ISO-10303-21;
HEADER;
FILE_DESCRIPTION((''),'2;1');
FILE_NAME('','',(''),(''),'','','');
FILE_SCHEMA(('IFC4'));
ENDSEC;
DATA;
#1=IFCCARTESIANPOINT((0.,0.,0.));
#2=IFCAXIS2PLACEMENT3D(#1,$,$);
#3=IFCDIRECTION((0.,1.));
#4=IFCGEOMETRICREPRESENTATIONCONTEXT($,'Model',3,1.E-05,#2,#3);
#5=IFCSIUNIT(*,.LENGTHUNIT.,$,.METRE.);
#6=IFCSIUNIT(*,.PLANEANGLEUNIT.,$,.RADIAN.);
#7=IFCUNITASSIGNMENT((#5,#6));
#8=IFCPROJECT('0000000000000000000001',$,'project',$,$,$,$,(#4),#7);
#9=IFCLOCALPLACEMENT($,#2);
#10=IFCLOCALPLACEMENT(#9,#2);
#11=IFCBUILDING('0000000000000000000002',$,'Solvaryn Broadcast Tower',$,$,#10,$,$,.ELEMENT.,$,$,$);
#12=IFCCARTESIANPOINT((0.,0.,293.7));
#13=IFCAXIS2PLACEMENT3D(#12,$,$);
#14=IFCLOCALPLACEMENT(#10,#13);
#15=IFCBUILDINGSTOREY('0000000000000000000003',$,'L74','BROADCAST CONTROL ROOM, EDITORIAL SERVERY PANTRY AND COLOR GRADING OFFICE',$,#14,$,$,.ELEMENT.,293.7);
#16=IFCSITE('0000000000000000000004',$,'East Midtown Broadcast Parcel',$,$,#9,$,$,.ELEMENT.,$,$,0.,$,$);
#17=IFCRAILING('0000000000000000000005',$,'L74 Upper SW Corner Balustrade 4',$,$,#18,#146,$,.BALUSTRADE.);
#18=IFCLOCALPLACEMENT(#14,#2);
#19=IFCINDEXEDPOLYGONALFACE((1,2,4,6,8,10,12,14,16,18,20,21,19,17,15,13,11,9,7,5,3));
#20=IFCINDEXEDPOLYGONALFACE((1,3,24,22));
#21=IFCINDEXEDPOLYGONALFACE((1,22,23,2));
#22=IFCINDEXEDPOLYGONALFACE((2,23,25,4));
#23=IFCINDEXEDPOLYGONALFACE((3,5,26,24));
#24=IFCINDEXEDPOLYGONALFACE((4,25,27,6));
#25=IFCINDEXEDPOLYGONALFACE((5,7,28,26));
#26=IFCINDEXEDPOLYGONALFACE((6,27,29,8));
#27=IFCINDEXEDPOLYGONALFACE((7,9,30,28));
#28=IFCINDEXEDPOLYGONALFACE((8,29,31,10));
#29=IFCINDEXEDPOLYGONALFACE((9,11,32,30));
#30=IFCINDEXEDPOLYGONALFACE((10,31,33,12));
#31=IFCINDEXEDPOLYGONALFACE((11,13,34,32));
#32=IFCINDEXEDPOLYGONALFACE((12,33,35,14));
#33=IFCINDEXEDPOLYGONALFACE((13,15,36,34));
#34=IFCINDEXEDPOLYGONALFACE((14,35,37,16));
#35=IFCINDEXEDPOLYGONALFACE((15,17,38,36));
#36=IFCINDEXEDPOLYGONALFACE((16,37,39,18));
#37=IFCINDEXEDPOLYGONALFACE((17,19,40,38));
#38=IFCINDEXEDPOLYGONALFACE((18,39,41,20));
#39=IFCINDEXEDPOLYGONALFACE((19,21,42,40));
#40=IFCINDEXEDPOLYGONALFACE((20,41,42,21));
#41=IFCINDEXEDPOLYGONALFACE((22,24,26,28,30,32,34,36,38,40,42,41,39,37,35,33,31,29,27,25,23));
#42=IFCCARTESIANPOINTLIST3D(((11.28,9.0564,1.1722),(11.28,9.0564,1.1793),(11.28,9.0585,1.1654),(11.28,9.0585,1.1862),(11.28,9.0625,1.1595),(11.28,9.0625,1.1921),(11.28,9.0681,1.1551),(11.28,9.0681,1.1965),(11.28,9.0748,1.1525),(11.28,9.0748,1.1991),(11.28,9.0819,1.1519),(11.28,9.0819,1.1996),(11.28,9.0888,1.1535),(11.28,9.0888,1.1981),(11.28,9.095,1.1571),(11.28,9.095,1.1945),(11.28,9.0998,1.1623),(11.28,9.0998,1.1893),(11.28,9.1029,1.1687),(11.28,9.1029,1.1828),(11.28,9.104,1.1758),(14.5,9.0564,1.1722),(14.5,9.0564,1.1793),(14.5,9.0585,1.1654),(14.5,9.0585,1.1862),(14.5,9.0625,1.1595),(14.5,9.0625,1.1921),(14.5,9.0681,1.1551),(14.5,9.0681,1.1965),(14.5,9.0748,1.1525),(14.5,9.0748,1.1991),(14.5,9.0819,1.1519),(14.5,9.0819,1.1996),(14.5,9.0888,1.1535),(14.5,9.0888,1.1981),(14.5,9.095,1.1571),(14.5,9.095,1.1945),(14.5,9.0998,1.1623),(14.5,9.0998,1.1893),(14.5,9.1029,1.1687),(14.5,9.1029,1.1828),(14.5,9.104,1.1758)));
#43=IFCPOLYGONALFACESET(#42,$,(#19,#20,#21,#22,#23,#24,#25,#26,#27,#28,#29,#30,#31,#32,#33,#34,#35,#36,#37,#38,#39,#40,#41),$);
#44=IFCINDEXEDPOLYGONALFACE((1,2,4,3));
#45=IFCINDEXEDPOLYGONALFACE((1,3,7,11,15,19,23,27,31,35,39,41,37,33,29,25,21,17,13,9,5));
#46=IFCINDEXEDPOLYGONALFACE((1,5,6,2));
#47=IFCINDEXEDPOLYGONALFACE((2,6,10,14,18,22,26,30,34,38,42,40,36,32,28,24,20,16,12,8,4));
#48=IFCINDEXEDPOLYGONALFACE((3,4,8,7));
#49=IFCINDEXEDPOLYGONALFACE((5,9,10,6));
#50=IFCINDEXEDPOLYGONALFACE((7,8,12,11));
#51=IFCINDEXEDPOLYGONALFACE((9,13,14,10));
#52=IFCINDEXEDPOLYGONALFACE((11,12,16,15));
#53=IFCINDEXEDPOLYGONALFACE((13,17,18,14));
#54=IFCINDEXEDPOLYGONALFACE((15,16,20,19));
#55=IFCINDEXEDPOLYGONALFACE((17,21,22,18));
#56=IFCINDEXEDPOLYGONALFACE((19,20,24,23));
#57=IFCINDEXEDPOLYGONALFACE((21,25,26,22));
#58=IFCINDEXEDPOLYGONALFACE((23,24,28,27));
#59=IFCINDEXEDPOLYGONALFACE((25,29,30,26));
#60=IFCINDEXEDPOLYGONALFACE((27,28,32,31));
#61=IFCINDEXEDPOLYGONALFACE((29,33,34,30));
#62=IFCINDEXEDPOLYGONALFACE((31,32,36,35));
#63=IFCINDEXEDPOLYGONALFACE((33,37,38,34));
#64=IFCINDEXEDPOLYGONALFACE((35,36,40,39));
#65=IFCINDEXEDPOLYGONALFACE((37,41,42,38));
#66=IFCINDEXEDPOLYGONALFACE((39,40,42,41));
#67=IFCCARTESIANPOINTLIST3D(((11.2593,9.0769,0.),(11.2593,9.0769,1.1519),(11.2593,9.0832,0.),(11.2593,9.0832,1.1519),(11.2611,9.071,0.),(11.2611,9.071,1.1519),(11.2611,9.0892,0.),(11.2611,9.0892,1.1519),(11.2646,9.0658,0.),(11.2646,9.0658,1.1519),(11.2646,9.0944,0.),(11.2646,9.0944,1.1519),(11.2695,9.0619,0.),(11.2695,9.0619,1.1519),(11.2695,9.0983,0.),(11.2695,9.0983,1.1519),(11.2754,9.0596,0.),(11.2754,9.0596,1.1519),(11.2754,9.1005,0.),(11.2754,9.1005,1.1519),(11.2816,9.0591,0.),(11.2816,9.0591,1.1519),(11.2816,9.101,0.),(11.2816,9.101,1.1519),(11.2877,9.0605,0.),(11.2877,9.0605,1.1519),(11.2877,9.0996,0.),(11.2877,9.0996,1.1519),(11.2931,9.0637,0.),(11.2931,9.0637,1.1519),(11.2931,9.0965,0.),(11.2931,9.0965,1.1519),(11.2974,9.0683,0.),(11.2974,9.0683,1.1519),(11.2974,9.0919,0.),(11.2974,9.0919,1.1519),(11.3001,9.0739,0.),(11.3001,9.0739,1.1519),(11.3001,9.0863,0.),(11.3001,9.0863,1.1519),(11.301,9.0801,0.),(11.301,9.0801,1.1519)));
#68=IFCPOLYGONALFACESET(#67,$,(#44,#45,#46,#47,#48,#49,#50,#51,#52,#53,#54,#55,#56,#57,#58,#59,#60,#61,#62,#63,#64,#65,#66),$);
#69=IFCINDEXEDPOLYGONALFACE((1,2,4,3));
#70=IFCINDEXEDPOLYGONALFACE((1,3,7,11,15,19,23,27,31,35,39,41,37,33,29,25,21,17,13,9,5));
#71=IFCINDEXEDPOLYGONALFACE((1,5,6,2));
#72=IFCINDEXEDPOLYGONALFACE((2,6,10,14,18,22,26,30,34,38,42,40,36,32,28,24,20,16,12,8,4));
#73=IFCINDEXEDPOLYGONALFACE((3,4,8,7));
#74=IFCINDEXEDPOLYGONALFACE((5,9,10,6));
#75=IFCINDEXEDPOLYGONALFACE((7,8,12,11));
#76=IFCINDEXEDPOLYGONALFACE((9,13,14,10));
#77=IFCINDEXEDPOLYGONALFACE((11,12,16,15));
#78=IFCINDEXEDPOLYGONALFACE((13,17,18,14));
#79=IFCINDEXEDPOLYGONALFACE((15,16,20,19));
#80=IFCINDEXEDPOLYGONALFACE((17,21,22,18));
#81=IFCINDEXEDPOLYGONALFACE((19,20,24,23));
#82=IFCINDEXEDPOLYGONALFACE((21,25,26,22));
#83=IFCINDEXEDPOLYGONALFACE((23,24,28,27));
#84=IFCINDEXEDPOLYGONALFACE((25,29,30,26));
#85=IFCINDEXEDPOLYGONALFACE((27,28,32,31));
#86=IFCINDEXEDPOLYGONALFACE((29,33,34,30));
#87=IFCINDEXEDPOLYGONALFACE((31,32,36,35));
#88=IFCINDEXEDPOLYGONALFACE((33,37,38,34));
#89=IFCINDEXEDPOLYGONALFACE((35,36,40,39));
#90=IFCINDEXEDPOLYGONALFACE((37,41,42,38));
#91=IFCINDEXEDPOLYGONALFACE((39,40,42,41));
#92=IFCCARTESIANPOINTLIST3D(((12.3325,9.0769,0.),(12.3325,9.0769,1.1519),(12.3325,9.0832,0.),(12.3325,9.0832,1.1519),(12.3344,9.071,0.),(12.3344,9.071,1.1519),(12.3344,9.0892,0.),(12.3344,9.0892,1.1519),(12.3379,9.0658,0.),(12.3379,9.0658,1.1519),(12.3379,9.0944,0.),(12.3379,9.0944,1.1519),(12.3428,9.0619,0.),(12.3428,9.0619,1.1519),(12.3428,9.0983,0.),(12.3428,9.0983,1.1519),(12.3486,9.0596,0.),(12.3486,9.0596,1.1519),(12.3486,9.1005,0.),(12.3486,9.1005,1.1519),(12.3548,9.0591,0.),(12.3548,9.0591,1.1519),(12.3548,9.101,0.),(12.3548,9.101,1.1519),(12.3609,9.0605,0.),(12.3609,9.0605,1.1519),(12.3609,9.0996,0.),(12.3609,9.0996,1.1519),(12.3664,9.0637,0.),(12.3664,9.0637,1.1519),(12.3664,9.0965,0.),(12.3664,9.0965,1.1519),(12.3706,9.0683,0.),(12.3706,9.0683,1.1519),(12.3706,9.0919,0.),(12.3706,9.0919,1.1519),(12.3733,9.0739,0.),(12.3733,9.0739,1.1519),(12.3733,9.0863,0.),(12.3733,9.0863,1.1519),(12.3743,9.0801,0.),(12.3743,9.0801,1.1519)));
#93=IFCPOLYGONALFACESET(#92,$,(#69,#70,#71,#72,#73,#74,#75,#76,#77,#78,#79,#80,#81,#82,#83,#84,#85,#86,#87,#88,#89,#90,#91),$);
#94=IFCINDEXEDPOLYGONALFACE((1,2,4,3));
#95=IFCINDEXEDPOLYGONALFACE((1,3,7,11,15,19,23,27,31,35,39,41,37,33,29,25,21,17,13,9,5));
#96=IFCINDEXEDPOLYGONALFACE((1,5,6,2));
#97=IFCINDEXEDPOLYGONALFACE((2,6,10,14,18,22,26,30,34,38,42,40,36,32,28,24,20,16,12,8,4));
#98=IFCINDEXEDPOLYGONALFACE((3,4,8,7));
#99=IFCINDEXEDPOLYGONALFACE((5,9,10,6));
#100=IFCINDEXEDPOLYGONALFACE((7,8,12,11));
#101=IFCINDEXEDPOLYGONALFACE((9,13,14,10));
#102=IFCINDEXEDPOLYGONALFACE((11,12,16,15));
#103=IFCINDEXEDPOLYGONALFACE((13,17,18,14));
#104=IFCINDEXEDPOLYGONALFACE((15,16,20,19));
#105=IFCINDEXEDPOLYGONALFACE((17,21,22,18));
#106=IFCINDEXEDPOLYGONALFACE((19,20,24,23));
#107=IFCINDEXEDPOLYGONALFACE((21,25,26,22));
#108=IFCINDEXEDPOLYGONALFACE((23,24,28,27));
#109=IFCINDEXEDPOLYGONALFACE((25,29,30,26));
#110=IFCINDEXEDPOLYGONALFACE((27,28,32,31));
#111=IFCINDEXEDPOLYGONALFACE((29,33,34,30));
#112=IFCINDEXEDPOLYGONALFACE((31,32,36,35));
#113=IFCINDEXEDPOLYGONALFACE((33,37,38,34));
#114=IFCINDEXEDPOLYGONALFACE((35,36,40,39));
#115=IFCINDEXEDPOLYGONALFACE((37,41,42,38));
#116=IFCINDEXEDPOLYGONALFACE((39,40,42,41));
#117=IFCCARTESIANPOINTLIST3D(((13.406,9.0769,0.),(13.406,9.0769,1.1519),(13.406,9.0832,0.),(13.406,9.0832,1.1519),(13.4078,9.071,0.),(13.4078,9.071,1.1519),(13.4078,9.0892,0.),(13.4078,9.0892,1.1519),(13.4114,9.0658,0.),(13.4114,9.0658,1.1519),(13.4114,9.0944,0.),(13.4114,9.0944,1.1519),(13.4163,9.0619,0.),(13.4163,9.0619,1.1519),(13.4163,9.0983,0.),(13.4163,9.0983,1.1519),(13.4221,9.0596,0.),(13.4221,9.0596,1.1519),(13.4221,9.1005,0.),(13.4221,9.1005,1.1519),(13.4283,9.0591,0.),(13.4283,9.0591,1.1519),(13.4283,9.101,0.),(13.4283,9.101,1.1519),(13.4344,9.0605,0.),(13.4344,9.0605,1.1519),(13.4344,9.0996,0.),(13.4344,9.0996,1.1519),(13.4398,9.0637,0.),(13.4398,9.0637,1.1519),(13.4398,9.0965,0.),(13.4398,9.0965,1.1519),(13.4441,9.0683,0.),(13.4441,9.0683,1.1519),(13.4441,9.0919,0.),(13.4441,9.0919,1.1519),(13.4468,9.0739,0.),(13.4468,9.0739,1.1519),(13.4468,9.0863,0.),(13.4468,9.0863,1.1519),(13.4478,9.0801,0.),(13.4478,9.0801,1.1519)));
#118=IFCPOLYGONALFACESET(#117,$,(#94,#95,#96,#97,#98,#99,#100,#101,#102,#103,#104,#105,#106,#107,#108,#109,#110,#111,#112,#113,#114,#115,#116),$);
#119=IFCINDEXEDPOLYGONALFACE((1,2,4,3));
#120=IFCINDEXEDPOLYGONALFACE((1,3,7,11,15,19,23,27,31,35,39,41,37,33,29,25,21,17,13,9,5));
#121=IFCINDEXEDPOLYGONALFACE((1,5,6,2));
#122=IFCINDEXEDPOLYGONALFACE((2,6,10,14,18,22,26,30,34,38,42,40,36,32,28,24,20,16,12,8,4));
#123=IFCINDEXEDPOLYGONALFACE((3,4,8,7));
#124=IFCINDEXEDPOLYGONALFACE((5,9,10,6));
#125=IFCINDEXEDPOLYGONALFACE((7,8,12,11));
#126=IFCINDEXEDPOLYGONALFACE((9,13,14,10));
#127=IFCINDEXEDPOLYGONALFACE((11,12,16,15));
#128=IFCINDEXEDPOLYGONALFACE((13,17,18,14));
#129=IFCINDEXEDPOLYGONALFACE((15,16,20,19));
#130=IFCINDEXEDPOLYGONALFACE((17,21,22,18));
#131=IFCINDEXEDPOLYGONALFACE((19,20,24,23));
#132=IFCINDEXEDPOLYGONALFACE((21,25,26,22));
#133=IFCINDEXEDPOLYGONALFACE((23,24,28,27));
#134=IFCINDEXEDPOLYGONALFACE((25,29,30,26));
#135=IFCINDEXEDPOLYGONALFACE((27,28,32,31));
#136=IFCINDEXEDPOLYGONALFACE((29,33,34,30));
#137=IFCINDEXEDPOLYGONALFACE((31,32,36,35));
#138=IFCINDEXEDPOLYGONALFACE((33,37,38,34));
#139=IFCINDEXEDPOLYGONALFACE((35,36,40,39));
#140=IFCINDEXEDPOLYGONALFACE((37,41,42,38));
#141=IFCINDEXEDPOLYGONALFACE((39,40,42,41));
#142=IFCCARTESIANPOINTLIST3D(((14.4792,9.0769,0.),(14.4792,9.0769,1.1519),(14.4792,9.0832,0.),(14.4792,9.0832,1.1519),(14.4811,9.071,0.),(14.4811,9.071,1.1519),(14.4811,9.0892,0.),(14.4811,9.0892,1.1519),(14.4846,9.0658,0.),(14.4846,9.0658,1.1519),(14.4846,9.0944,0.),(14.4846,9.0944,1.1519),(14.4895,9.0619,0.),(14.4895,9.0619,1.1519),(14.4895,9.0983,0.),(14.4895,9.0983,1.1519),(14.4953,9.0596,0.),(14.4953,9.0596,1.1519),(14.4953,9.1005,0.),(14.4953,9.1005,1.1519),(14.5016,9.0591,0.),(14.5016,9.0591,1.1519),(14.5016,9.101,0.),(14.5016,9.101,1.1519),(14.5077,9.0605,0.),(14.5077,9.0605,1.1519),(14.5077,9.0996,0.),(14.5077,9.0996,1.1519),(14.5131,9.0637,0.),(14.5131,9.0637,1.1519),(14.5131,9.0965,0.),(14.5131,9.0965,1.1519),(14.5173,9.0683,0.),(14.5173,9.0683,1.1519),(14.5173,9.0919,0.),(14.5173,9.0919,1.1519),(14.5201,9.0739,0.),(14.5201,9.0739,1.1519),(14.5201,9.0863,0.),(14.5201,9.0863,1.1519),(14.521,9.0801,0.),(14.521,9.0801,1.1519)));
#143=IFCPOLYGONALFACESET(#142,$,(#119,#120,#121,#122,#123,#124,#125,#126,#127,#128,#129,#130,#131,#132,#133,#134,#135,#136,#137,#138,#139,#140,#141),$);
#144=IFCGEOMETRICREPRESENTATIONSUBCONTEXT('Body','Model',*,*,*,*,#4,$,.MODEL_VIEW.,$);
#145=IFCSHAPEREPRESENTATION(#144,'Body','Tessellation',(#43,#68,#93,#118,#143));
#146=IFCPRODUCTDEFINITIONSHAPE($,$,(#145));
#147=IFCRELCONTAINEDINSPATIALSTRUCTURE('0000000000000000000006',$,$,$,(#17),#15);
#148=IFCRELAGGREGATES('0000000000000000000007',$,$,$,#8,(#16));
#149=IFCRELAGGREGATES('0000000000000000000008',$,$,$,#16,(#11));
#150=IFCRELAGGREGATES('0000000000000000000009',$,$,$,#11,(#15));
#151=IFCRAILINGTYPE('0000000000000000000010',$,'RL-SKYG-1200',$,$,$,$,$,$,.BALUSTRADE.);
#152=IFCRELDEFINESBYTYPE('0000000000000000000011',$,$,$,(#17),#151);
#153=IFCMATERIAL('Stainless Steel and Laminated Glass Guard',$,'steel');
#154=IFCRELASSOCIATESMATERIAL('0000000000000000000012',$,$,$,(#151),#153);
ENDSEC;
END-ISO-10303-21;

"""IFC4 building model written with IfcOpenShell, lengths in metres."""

from ifc_helpers import new_model, si_unit, direction, frame, origin, origin_2d, place, context, subcontext, project, spatial, circle, extrude, material, type_object, element, save


model = new_model("IFC4")

# Units and contexts
model_context = context("Model", 3, precision=1e-05, world=origin(), true_north=direction((0.0, 1.0)))
body_context = subcontext(model_context, "Body", "Model", "MODEL_VIEW")
ifc_project = project(units=[si_unit("LENGTHUNIT", "METRE"), si_unit("PLANEANGLEUNIT", "RADIAN")], contexts=[model_context])

# Site, building, storey
site_placement = place(None, origin())
site = spatial("IfcSite", under=ifc_project, at=site_placement, Name="East Midtown Broadcast Parcel", CompositionType="ELEMENT", RefElevation=0.0)
building_placement = place(site_placement, origin())
building = spatial("IfcBuilding", under=site, at=building_placement, Name="Solvaryn Broadcast Tower", CompositionType="ELEMENT")
storey_placement = place(building_placement, frame((0.0, 0.0, 293.7)))
storey = spatial("IfcBuildingStorey", under=building, at=storey_placement, Name="L74", Description="BROADCAST CONTROL ROOM, EDITORIAL SERVERY PANTRY AND COLOR GRADING OFFICE", CompositionType="ELEMENT", Elevation=293.7)

# Railing
ifc_material_1 = material(Name="Stainless Steel and Laminated Glass Guard", Category="steel")
railing_type = type_object("IfcRailingType", Name="RL-SKYG-1200", PredefinedType="BALUSTRADE", material=ifc_material_1)
railing_1_placement = place(storey_placement, frame((11.28, 9.0801, 0.0)))
element("IfcRailing", 1, at=railing_1_placement, inside=storey, type_object=railing_type, Name="L74 Upper SW Corner Balustrade 4", PredefinedType="BALUSTRADE", context=body_context, shape_type="SweptSolid", body=[
    extrude(circle(Radius=0.0239, at=origin_2d()), frame((0.0, 0.0, 1.1758), z_axis=(1.0, 0.0, 0.0), x_axis=(0.0, 1.0, 0.0)), (0.0, 0.0, 1.0), 3.22),
    extrude(circle(Radius=0.021, at=origin_2d()), origin(), (0.0, 0.0, 1.0), 1.1519),
    extrude(circle(Radius=0.021, at=origin_2d()), frame((1.0732, 0.0, 0.0)), (0.0, 0.0, 1.0), 1.1519),
    extrude(circle(Radius=0.021, at=origin_2d()), frame((2.1467, 0.0, 0.0)), (0.0, 0.0, 1.0), 1.1519),
    extrude(circle(Radius=0.021, at=origin_2d()), frame((3.22, 0.0, 0.0)), (0.0, 0.0, 1.0), 1.1519),
])

save(model, "model.ifc")
